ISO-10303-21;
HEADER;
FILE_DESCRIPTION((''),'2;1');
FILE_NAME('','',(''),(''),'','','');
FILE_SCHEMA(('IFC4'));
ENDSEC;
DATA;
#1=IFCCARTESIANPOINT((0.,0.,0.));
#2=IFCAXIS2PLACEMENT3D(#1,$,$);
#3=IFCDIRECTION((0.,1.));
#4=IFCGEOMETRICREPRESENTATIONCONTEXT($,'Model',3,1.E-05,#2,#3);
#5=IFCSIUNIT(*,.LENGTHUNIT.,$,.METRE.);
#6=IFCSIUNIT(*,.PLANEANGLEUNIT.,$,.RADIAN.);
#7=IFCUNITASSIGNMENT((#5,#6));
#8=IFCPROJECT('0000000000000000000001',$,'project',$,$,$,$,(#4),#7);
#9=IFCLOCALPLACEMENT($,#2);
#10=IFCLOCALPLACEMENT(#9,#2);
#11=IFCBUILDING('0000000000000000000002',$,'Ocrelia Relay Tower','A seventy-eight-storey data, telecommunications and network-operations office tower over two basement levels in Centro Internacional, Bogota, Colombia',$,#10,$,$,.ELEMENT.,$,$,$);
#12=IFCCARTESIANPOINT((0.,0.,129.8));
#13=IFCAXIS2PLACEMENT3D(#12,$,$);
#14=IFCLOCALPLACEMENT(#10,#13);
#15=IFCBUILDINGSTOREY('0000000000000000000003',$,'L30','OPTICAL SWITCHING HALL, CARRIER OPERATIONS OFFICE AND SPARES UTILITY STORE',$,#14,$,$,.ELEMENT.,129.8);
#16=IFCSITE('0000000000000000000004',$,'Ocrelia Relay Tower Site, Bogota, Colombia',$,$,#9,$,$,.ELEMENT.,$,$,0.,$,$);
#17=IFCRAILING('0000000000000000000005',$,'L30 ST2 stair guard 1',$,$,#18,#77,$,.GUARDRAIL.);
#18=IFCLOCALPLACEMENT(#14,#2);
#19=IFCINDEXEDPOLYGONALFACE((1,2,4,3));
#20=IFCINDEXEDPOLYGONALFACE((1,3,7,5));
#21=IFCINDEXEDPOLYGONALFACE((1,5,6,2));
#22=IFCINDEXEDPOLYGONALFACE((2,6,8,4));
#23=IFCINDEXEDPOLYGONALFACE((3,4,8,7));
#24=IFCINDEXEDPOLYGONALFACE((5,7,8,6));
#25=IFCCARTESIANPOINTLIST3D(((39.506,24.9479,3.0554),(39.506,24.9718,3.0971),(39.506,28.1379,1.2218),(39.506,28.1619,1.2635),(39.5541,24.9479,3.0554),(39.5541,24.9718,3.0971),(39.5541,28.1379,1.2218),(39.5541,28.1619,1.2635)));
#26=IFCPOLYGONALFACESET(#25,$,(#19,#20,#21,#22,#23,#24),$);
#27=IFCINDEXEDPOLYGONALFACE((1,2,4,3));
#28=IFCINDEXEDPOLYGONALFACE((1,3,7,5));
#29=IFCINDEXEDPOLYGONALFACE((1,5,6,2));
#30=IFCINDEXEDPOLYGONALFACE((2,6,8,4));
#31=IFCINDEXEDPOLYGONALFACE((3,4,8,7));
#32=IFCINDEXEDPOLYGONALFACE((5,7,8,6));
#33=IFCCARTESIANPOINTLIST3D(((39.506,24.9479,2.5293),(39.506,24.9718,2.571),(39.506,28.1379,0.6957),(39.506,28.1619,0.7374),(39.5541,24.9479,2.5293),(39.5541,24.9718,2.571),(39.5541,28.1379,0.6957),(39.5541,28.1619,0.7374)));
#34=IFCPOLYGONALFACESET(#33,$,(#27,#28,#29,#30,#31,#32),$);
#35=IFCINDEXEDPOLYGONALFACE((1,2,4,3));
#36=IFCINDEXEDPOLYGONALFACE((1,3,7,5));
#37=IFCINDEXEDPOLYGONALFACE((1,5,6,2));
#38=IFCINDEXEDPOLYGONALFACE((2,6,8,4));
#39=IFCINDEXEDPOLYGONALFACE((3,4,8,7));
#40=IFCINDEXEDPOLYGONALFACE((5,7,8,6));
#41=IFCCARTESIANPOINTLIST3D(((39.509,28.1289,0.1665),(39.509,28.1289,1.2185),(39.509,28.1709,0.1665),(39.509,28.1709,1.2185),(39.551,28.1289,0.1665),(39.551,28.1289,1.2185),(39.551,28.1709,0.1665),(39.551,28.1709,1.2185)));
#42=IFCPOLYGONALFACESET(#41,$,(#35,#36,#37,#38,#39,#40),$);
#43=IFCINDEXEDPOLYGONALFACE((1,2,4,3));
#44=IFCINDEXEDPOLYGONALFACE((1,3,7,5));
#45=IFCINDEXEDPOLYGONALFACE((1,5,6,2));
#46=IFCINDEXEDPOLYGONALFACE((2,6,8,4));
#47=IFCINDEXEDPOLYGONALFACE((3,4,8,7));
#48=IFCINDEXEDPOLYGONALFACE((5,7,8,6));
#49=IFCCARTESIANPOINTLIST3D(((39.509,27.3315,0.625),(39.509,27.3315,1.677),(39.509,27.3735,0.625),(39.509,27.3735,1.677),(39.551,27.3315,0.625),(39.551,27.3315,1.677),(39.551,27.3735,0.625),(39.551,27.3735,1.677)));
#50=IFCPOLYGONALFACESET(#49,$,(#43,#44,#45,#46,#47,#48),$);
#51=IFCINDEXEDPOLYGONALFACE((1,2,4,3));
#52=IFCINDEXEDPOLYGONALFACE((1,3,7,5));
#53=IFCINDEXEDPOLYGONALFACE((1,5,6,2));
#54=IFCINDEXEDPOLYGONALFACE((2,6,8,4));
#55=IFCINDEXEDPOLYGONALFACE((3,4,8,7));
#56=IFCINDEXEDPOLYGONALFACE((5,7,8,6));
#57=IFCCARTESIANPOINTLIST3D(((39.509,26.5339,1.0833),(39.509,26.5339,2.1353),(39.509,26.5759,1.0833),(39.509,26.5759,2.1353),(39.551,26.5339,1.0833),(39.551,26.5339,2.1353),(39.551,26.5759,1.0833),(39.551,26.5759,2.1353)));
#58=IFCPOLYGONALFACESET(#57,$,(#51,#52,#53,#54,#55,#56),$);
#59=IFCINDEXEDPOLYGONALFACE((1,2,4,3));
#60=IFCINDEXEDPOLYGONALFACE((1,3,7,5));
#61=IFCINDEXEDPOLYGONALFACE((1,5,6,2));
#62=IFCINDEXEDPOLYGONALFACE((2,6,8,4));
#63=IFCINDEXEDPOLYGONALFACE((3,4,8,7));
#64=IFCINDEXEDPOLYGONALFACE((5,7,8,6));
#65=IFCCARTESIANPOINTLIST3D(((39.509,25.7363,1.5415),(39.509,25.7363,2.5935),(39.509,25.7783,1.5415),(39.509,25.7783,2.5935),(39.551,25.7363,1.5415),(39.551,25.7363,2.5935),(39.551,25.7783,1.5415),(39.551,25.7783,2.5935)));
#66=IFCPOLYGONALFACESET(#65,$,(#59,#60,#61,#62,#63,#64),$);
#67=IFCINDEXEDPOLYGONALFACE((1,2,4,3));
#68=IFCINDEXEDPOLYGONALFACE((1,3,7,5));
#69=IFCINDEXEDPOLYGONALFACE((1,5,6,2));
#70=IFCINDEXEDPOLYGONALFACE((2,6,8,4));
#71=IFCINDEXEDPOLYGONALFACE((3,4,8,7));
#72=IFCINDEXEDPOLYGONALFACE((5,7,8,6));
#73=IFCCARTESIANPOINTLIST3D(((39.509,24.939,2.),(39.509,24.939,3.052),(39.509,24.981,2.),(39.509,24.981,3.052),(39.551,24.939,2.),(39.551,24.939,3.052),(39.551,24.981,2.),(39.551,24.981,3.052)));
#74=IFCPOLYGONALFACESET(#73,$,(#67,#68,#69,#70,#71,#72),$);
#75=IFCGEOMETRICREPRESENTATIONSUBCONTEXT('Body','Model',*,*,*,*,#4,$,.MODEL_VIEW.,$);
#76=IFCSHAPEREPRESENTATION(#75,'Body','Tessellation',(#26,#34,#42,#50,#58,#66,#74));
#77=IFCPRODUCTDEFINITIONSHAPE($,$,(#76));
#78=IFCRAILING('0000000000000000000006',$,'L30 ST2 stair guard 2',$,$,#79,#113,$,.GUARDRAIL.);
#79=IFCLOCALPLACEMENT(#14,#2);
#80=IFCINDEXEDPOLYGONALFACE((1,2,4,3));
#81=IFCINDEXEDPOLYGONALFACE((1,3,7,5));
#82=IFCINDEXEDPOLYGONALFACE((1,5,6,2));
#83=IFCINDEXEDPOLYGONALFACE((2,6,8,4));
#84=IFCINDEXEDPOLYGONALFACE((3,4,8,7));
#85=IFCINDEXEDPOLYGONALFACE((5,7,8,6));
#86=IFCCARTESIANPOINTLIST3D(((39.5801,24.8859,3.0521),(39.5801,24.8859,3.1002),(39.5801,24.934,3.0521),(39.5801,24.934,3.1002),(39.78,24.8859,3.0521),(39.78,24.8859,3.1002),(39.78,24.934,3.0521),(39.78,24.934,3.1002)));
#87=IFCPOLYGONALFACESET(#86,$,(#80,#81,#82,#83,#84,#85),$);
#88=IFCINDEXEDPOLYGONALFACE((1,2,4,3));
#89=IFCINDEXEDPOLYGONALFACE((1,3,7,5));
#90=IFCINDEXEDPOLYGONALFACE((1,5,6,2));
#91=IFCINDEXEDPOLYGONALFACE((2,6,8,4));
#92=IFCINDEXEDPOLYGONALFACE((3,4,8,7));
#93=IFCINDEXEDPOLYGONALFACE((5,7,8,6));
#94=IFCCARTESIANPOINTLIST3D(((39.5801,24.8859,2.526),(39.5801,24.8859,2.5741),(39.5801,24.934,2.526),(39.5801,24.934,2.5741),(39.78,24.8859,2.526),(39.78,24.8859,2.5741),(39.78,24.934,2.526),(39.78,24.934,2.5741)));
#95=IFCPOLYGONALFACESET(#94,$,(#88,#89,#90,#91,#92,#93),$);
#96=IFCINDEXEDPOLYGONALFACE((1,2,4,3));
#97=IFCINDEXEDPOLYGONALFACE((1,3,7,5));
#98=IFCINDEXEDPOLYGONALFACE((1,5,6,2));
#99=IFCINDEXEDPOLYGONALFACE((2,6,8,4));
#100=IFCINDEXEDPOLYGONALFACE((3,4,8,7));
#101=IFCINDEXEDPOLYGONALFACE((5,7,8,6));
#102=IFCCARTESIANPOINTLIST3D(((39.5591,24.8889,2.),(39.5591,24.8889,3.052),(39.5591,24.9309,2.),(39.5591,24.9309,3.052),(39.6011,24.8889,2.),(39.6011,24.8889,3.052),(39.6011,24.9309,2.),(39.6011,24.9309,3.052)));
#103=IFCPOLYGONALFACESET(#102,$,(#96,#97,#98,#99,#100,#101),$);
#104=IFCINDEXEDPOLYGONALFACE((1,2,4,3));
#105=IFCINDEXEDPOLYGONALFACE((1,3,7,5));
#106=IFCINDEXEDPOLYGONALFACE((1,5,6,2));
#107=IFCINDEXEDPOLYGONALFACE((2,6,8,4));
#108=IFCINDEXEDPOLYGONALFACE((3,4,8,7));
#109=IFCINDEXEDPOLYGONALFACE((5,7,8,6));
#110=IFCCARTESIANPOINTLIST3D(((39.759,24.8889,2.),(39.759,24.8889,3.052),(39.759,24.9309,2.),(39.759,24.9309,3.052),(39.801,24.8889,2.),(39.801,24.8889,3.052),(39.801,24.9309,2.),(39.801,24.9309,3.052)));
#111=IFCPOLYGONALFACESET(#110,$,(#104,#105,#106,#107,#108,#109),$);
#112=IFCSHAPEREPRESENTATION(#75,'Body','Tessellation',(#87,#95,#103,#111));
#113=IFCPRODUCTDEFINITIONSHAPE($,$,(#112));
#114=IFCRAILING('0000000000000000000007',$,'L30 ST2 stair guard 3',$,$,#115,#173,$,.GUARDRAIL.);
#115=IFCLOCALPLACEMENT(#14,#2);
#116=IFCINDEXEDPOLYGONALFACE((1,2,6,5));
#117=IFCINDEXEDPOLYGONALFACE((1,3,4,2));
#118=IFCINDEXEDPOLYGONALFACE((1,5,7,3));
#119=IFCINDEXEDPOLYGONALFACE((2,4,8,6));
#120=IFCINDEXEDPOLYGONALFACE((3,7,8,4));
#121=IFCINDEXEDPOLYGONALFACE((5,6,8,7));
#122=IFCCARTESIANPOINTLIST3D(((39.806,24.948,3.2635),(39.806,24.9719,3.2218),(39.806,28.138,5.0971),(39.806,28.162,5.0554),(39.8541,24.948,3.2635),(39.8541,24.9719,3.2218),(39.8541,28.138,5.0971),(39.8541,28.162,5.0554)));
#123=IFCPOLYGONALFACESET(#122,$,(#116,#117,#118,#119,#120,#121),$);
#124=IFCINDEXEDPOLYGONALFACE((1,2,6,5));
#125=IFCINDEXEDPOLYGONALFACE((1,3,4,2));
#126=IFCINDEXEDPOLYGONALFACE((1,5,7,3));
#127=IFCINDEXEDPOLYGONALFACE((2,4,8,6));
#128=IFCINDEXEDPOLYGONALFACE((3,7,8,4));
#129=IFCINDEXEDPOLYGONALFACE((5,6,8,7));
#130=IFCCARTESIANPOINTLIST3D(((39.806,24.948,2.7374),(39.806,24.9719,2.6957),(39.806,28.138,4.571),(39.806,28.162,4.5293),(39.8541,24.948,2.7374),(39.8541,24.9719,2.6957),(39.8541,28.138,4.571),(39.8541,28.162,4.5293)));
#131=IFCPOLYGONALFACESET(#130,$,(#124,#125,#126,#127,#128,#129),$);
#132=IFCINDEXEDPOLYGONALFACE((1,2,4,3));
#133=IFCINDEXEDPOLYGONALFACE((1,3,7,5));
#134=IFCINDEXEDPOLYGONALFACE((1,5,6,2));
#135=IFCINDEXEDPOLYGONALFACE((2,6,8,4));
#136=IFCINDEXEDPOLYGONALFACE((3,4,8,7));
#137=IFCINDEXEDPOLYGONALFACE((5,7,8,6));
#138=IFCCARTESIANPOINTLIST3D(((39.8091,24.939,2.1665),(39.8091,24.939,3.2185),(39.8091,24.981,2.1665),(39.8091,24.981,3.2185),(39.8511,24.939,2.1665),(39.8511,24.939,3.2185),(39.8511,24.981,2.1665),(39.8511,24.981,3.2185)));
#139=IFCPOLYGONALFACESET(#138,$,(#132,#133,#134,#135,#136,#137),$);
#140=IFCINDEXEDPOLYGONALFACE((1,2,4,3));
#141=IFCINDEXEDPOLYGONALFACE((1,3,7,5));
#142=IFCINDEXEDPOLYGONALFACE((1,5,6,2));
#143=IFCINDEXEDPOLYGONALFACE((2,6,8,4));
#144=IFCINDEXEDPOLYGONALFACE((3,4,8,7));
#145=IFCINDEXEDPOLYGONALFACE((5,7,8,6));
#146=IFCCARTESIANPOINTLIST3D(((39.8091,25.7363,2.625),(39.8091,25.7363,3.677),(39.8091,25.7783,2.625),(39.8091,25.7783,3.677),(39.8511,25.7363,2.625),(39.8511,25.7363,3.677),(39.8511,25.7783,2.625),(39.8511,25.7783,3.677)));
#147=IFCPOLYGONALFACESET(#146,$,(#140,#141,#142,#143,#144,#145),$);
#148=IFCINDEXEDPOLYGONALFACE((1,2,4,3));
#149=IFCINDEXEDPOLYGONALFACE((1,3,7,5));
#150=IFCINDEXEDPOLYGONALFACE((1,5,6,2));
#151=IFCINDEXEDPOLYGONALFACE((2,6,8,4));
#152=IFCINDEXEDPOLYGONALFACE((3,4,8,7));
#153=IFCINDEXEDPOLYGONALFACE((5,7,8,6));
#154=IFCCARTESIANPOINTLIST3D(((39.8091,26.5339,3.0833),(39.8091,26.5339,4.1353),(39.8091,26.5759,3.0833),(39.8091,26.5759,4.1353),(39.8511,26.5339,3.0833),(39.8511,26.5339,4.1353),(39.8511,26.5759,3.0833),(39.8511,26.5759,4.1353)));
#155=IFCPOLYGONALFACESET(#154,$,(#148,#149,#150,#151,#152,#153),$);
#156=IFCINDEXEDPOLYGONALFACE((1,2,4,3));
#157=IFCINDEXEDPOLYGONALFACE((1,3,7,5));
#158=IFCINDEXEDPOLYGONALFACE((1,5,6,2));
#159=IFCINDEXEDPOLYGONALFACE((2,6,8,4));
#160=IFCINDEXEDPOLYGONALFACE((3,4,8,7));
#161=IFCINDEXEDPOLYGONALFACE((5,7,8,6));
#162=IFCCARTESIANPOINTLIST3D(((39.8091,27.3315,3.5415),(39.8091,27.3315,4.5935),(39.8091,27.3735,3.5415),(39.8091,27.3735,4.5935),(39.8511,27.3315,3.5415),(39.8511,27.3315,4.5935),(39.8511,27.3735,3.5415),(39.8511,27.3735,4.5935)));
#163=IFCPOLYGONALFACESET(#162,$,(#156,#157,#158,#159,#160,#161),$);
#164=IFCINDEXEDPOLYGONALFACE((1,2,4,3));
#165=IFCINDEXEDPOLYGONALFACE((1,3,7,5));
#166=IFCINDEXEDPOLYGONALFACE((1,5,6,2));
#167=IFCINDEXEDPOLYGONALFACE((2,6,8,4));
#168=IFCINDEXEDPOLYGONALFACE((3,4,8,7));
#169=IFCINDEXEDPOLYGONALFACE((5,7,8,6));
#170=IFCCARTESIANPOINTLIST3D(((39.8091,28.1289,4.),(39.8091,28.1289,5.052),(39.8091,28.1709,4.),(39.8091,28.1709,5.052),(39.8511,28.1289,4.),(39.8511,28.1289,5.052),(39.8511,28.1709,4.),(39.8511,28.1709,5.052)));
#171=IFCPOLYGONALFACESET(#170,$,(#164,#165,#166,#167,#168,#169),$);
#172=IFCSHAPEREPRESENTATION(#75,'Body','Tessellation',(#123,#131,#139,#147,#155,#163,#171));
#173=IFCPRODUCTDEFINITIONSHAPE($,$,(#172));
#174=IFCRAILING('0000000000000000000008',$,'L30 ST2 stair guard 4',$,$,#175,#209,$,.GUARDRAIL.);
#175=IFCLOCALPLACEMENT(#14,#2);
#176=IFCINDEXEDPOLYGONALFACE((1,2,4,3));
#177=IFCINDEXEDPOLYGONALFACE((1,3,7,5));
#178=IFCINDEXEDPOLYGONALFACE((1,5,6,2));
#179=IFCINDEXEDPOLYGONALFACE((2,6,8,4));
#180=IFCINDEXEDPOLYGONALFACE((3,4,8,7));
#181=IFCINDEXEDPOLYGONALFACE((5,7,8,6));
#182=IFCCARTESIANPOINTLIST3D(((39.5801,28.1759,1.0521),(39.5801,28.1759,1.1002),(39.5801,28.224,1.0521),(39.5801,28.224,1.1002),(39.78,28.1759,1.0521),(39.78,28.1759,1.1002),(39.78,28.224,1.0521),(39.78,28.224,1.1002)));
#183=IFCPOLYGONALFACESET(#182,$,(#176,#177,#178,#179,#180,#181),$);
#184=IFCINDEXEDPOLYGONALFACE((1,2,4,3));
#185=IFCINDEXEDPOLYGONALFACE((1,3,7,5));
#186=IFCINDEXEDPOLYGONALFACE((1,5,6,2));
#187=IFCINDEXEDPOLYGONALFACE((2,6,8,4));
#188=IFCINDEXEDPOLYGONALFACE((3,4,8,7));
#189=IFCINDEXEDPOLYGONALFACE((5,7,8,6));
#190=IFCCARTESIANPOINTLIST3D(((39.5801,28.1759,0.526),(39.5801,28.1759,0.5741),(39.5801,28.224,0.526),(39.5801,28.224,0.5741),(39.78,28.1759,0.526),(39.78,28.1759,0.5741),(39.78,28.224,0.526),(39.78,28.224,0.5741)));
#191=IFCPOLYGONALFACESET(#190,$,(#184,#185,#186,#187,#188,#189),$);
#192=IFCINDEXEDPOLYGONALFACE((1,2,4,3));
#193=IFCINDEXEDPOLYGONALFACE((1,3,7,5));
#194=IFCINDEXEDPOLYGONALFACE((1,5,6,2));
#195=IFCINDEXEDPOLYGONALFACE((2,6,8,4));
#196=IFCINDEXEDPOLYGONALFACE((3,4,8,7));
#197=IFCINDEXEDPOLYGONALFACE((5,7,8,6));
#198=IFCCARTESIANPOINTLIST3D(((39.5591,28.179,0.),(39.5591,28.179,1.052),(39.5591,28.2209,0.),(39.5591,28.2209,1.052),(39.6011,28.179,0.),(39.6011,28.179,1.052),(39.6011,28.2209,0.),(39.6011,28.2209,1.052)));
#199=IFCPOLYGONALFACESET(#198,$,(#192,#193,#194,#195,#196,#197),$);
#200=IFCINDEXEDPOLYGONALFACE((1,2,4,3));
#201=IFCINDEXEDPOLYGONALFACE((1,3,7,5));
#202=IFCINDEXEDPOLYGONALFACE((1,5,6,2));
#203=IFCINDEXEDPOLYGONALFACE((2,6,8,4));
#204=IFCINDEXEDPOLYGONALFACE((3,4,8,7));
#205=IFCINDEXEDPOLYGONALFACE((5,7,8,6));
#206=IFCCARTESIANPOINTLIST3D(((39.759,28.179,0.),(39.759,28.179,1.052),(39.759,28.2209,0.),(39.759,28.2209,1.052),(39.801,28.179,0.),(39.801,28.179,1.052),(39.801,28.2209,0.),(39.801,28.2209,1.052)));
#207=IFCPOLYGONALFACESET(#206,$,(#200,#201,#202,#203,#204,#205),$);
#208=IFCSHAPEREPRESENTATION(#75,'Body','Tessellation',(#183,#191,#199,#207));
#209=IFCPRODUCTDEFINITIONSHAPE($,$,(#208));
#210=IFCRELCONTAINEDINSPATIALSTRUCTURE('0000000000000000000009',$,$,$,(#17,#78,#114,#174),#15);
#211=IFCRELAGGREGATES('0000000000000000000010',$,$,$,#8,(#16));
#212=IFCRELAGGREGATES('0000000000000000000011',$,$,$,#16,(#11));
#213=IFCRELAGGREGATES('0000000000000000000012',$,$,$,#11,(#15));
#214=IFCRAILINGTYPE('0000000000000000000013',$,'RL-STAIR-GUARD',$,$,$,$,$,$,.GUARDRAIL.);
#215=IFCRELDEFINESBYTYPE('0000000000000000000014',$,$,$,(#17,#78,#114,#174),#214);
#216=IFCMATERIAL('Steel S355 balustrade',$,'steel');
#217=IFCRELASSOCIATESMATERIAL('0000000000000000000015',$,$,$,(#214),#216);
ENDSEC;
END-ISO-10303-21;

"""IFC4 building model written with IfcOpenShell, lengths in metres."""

from ifc_helpers import new_model, si_unit, direction, frame, origin, origin_2d, place, context, subcontext, project, spatial, rectangle, extrude, material, type_object, element, save


model = new_model("IFC4")

# Units and contexts
model_context = context("Model", 3, precision=1e-05, world=origin(), true_north=direction((0.0, 1.0)))
body_context = subcontext(model_context, "Body", "Model", "MODEL_VIEW")
ifc_project = project(units=[si_unit("LENGTHUNIT", "METRE"), si_unit("PLANEANGLEUNIT", "RADIAN")], contexts=[model_context])

# Site, building, storey
site_placement = place(None, origin())
site = spatial("IfcSite", under=ifc_project, at=site_placement, Name="Ocrelia Relay Tower Site, Bogota, Colombia", CompositionType="ELEMENT", RefElevation=0.0)
building_placement = place(site_placement, origin())
building = spatial("IfcBuilding", under=site, at=building_placement, Name="Ocrelia Relay Tower", Description="A seventy-eight-storey data, telecommunications and network-operations office tower over two basement levels in Centro Internacional, Bogota, Colombia", CompositionType="ELEMENT")
storey_placement = place(building_placement, frame((0.0, 0.0, 129.8)))
storey = spatial("IfcBuildingStorey", under=building, at=storey_placement, Name="L30", Description="OPTICAL SWITCHING HALL, CARRIER OPERATIONS OFFICE AND SPARES UTILITY STORE", CompositionType="ELEMENT", Elevation=129.8)

# Railings
ifc_material_1 = material(Name="Steel S355 balustrade", Category="steel")
railing_type_1 = type_object("IfcRailingType", Name="RL-STAIR-GUARD", PredefinedType="GUARDRAIL", material=ifc_material_1)
railing_1_placement = place(storey_placement, frame((39.53, 28.1499, 0.1665)))
element("IfcRailing", 1, at=railing_1_placement, inside=storey, type_object=railing_type_1, Name="L30 ST2 stair guard 1", PredefinedType="GUARDRAIL", context=body_context, shape_type="SweptSolid", body=[
    extrude(rectangle(XDim=0.0481, YDim=0.0481, at=origin_2d()), frame((0.0, 0.0, 1.0762), z_axis=(0.0, -0.866991, 0.498324), x_axis=(1.0, 0.0, 0.0)), (0.0, 0.0, 1.0), 3.6794),
    extrude(rectangle(XDim=0.0481, YDim=0.0481, at=origin_2d()), frame((0.0, 0.0, 0.55), z_axis=(0.0, -0.866991, 0.498324), x_axis=(1.0, 0.0, 0.0)), (0.0, 0.0, 1.0), 3.6794),
    extrude(rectangle(XDim=0.042, YDim=0.042, at=origin_2d()), origin(), (0.0, 0.0, 1.0), 1.052),
    extrude(rectangle(XDim=0.042, YDim=0.042, at=origin_2d()), frame((0.0, -0.7974, 0.4585)), (0.0, 0.0, 1.0), 1.052),
    extrude(rectangle(XDim=0.042, YDim=0.042, at=origin_2d()), frame((0.0, -1.595, 0.9167)), (0.0, 0.0, 1.0), 1.052),
    extrude(rectangle(XDim=0.042, YDim=0.042, at=origin_2d()), frame((0.0, -2.3926, 1.375)), (0.0, 0.0, 1.0), 1.052),
    extrude(rectangle(XDim=0.042, YDim=0.042, at=origin_2d()), frame((0.0, -3.1899, 1.8335)), (0.0, 0.0, 1.0), 1.052),
])
railing_2_placement = place(storey_placement, frame((39.5801, 24.9099, 2.0)))
element("IfcRailing", 2, at=railing_2_placement, inside=storey, type_object=railing_type_1, Name="L30 ST2 stair guard 2", PredefinedType="GUARDRAIL", context=body_context, shape_type="SweptSolid", body=[
    extrude(rectangle(XDim=0.0481, YDim=0.0481, at=origin_2d()), frame((0.0, 0.0, 1.0762), z_axis=(1.0, 0.0, 0.0), x_axis=(0.0, 1.0, 0.0)), (0.0, 0.0, 1.0), 0.2),
    extrude(rectangle(XDim=0.0481, YDim=0.0481, at=origin_2d()), frame((0.0, 0.0, 0.55), z_axis=(1.0, 0.0, 0.0), x_axis=(0.0, 1.0, 0.0)), (0.0, 0.0, 1.0), 0.2),
    extrude(rectangle(XDim=0.042, YDim=0.042, at=origin_2d()), origin(), (0.0, 0.0, 1.0), 1.052),
    extrude(rectangle(XDim=0.042, YDim=0.042, at=origin_2d()), frame((0.2, 0.0, 0.0)), (0.0, 0.0, 1.0), 1.052),
])
railing_3_placement = place(storey_placement, frame((39.8301, 24.96, 2.1665)))
element("IfcRailing", 3, at=railing_3_placement, inside=storey, type_object=railing_type_1, Name="L30 ST2 stair guard 3", PredefinedType="GUARDRAIL", context=body_context, shape_type="SweptSolid", body=[
    extrude(rectangle(XDim=0.0481, YDim=0.0481, at=origin_2d()), frame((0.0, 0.0, 1.0762), z_axis=(0.0, 0.866991, 0.498324), x_axis=(-1.0, 0.0, 0.0)), (0.0, 0.0, 1.0), 3.6794),
    extrude(rectangle(XDim=0.0481, YDim=0.0481, at=origin_2d()), frame((0.0, 0.0, 0.55), z_axis=(0.0, 0.866991, 0.498324), x_axis=(-1.0, 0.0, 0.0)), (0.0, 0.0, 1.0), 3.6794),
    extrude(rectangle(XDim=0.042, YDim=0.042, at=origin_2d()), origin(), (0.0, 0.0, 1.0), 1.052),
    extrude(rectangle(XDim=0.042, YDim=0.042, at=origin_2d()), frame((0.0, 0.7974, 0.4585)), (0.0, 0.0, 1.0), 1.052),
    extrude(rectangle(XDim=0.042, YDim=0.042, at=origin_2d()), frame((0.0, 1.595, 0.9167)), (0.0, 0.0, 1.0), 1.052),
    extrude(rectangle(XDim=0.042, YDim=0.042, at=origin_2d()), frame((0.0, 2.3926, 1.375)), (0.0, 0.0, 1.0), 1.052),
    extrude(rectangle(XDim=0.042, YDim=0.042, at=origin_2d()), frame((0.0, 3.1899, 1.8335)), (0.0, 0.0, 1.0), 1.052),
])
railing_4_placement = place(storey_placement, frame((39.5801, 28.2, 0.0)))
element("IfcRailing", 4, at=railing_4_placement, inside=storey, type_object=railing_type_1, Name="L30 ST2 stair guard 4", PredefinedType="GUARDRAIL", context=body_context, shape_type="SweptSolid", body=[
    extrude(rectangle(XDim=0.0481, YDim=0.0481, at=origin_2d()), frame((0.0, 0.0, 1.0762), z_axis=(1.0, 0.0, 0.0), x_axis=(0.0, 1.0, 0.0)), (0.0, 0.0, 1.0), 0.2),
    extrude(rectangle(XDim=0.0481, YDim=0.0481, at=origin_2d()), frame((0.0, 0.0, 0.55), z_axis=(1.0, 0.0, 0.0), x_axis=(0.0, 1.0, 0.0)), (0.0, 0.0, 1.0), 0.2),
    extrude(rectangle(XDim=0.042, YDim=0.042, at=origin_2d()), origin(), (0.0, 0.0, 1.0), 1.052),
    extrude(rectangle(XDim=0.042, YDim=0.042, at=origin_2d()), frame((0.2, 0.0, 0.0)), (0.0, 0.0, 1.0), 1.052),
])

save(model, "model.ifc")
